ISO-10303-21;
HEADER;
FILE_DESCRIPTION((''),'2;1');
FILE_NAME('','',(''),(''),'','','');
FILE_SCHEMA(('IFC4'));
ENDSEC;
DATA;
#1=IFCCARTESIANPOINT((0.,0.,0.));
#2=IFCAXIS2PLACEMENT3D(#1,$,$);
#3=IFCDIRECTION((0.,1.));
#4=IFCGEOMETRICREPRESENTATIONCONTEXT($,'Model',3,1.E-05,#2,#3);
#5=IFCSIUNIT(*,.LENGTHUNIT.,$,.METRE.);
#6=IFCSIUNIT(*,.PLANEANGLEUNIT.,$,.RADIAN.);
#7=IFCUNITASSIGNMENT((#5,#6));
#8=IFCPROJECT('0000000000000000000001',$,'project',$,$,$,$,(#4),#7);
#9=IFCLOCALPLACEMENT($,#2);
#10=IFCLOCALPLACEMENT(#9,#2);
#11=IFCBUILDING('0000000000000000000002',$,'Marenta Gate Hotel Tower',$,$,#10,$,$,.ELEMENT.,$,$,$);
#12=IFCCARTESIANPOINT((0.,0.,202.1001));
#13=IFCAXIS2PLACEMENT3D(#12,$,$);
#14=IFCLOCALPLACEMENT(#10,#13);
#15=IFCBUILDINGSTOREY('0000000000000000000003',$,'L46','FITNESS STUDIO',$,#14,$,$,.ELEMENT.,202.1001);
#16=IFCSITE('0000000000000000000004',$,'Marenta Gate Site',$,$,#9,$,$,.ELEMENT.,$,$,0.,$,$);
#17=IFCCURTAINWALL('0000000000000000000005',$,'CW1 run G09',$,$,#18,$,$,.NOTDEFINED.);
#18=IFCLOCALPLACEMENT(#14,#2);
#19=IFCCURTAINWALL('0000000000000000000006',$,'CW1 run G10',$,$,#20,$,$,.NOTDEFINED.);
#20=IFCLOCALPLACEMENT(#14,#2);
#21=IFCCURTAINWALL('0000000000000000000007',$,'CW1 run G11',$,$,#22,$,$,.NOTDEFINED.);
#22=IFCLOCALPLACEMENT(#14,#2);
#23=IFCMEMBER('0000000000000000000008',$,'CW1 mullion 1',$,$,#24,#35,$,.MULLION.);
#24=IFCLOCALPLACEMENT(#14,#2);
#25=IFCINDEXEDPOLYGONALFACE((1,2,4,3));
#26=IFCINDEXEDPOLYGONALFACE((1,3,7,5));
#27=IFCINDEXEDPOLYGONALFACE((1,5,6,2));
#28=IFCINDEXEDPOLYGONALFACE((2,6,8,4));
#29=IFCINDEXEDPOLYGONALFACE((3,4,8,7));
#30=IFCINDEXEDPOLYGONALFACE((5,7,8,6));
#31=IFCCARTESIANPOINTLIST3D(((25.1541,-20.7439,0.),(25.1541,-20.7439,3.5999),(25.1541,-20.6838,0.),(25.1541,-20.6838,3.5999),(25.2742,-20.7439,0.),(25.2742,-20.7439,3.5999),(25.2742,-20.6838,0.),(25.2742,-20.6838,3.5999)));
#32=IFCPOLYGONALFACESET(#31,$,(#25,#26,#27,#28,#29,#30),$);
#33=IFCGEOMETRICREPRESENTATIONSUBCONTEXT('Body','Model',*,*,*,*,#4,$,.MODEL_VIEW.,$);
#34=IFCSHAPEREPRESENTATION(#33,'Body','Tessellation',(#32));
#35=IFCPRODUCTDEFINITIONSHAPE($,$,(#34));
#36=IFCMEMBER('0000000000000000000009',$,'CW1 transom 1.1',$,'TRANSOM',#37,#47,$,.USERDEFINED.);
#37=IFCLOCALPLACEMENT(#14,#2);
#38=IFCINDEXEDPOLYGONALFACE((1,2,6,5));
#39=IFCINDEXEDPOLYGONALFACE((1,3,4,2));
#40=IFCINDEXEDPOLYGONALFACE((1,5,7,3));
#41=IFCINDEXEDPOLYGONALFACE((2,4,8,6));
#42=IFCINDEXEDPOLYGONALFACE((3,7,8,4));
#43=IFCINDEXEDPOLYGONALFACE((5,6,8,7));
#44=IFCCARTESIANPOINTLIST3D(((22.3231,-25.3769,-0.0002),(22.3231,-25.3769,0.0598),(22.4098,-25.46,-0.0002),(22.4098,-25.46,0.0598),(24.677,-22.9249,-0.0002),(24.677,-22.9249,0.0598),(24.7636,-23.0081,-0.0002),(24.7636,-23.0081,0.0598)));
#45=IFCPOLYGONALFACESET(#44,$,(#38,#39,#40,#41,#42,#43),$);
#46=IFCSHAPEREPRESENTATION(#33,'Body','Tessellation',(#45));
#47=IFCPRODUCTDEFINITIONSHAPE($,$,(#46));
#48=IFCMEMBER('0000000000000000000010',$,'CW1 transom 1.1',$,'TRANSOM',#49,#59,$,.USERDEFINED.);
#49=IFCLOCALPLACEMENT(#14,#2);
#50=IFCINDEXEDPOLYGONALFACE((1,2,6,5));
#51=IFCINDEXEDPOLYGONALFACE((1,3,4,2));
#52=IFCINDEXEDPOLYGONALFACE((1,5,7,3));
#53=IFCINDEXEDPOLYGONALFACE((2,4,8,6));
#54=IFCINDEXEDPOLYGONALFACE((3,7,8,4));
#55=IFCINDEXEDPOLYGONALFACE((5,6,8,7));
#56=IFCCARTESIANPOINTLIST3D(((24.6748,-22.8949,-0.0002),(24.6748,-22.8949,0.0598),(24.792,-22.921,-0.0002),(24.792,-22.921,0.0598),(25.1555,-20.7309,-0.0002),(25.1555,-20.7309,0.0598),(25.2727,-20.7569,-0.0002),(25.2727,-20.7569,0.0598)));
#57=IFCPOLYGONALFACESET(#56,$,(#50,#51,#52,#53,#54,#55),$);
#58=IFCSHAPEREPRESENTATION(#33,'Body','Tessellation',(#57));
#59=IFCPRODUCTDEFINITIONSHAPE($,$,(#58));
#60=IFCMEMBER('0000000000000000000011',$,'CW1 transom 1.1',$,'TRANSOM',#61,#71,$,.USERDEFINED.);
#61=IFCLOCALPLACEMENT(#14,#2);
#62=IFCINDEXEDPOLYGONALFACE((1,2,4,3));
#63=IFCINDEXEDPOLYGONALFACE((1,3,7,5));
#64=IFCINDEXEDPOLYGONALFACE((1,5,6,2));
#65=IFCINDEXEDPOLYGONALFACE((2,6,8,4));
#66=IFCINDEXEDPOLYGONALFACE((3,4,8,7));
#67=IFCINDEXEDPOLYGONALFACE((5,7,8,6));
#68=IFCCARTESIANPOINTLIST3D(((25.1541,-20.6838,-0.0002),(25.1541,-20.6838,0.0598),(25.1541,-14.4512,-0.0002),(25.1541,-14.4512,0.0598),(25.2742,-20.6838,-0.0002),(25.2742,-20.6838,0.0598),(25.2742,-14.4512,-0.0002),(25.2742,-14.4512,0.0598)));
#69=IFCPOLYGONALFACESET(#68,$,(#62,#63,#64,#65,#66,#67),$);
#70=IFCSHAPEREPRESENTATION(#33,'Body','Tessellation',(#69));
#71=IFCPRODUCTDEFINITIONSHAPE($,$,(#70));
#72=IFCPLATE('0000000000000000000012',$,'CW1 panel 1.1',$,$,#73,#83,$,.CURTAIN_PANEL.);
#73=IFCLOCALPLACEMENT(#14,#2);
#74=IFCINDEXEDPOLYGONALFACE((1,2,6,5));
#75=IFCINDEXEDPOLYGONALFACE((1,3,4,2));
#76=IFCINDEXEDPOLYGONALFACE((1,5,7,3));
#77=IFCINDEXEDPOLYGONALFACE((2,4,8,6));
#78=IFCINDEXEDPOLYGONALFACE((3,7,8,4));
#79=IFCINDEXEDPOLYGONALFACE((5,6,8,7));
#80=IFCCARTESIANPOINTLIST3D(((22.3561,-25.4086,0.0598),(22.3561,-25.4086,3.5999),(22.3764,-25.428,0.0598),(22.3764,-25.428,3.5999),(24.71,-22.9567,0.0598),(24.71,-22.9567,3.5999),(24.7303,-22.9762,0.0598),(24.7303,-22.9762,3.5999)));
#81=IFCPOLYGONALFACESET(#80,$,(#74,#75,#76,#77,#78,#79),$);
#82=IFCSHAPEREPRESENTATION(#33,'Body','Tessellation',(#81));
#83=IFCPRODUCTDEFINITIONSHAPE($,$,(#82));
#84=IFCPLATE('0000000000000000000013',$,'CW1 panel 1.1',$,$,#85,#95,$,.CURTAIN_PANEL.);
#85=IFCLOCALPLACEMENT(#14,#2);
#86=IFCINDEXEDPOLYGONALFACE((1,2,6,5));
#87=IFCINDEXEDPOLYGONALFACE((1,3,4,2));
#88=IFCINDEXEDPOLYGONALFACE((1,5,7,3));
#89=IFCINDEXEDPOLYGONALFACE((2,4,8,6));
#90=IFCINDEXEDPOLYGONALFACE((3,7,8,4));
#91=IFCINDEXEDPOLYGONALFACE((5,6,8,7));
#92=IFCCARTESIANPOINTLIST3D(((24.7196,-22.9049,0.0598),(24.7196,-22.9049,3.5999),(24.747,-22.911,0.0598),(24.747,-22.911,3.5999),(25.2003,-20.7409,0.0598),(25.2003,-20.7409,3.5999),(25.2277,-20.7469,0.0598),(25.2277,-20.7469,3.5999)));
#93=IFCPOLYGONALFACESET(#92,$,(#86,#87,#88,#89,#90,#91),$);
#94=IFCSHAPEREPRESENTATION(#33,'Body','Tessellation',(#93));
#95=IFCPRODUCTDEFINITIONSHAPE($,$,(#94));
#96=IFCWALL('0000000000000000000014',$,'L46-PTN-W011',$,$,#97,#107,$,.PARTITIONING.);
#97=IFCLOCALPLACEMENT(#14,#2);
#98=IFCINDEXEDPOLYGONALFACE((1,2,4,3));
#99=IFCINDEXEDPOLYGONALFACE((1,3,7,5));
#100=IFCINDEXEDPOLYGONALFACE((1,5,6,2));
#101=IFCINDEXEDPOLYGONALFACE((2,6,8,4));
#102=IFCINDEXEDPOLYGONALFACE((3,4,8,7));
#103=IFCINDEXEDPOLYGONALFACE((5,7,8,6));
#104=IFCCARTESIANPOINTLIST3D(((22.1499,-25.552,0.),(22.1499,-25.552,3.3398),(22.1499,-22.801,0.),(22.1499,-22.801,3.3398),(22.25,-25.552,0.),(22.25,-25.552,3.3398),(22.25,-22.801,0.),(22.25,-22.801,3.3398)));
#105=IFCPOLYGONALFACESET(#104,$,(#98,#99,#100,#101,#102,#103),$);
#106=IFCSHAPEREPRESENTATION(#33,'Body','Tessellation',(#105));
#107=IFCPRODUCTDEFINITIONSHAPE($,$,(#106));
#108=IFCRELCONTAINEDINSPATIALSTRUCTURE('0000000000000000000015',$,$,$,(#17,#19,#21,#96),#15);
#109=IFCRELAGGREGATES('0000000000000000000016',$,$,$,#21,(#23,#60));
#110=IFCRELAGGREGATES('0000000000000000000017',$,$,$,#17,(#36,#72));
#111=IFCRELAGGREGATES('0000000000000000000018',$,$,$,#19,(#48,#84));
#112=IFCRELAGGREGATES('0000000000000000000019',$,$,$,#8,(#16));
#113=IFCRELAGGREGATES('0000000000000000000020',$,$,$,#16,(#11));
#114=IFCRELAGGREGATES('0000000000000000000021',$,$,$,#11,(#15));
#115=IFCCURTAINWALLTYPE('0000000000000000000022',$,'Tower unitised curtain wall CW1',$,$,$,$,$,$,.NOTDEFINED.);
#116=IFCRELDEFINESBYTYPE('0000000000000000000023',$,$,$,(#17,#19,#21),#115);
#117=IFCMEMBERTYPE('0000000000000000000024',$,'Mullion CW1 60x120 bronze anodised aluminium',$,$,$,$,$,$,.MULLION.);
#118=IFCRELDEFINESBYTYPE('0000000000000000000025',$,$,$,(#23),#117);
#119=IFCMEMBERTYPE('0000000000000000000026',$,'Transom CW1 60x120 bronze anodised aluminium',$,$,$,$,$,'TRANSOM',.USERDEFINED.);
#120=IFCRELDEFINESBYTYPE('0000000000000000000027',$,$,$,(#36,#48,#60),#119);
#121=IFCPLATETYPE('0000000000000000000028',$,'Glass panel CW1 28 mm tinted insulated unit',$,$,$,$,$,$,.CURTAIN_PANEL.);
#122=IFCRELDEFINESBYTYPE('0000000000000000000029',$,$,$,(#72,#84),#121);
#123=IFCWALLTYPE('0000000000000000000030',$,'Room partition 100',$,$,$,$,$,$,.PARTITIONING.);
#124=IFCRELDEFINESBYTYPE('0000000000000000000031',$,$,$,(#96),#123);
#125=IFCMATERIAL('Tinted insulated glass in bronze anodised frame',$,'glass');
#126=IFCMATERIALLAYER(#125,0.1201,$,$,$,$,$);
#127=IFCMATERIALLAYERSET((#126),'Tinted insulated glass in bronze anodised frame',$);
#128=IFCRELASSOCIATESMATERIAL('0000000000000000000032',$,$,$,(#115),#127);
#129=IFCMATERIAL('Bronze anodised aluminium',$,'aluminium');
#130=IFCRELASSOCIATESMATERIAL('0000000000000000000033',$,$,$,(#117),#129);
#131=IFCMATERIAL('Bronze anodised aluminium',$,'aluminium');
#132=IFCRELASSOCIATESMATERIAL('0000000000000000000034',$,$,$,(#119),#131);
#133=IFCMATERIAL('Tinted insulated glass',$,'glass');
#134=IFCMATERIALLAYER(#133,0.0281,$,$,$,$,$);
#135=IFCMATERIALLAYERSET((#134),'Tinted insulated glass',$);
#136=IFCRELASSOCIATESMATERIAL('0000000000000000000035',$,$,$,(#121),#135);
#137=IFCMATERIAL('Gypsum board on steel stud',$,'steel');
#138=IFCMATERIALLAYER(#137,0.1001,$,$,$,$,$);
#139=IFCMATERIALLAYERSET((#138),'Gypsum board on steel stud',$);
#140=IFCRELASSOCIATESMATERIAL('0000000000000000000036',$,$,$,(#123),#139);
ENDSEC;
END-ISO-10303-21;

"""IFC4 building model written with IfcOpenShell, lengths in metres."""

from ifc_helpers import new_model, si_unit, direction, frame, frame_2d, origin, origin_2d, place, context, subcontext, project, spatial, rectangle, extrude, material, layer, layer_set, material_profile, profile_set, type_object, element, aggregate, save


model = new_model("IFC4")

# Units and contexts
model_context = context("Model", 3, precision=1e-05, world=origin(), true_north=direction((0.0, 1.0)))
body_context = subcontext(model_context, "Body", "Model", "MODEL_VIEW")
ifc_project = project(units=[si_unit("LENGTHUNIT", "METRE"), si_unit("PLANEANGLEUNIT", "RADIAN")], contexts=[model_context])

# Site, building, storey
site_placement = place(None, origin())
site = spatial("IfcSite", under=ifc_project, at=site_placement, Name="Marenta Gate Site", CompositionType="ELEMENT", RefElevation=0.0)
building_placement = place(site_placement, origin())
building = spatial("IfcBuilding", under=site, at=building_placement, Name="Marenta Gate Hotel Tower", CompositionType="ELEMENT")
storey_placement = place(building_placement, frame((0.0, 0.0, 202.1001)))
storey = spatial("IfcBuildingStorey", under=building, at=storey_placement, Name="L46", Description="FITNESS STUDIO", CompositionType="ELEMENT", Elevation=202.1001)

# Curtain walls, member
ifc_material_1 = material(Name="Tinted insulated glass in bronze anodised frame", Category="glass")
ifc_layer_1 = layer(ifc_material_1, 0.1201)
ifc_layer_set_1 = layer_set([ifc_layer_1], Name="Tinted insulated glass in bronze anodised frame")
curtain_wall_type = type_object("IfcCurtainWallType", Name="Tower unitised curtain wall CW1", PredefinedType="NOTDEFINED", material=ifc_layer_set_1)
curtain_wall_1_placement = place(storey_placement, origin())
curtain_wall_1 = element("IfcCurtainWall", 1, at=curtain_wall_1_placement, inside=storey, type_object=curtain_wall_type, Name="CW1 run G09", PredefinedType="NOTDEFINED")
ifc_material_2 = material(Name="Bronze anodised aluminium", Category="aluminium")
ifc_material_profile_1 = material_profile(ifc_material_2, rectangle(XDim=0.1201, YDim=0.0601, at=origin_2d()), Name="Mullion CW1 60x120 bronze anodised aluminium")
ifc_profile_set_1 = profile_set([ifc_material_profile_1], Name="Bronze anodised aluminium")
member_type_1 = type_object("IfcMemberType", Name="Mullion CW1 60x120 bronze anodised aluminium", PredefinedType="MULLION", material=ifc_profile_set_1)
curtain_wall_2_placement = place(storey_placement, origin())
curtain_wall_2 = element("IfcCurtainWall", 2, at=curtain_wall_2_placement, inside=storey, type_object=curtain_wall_type, Name="CW1 run G10", PredefinedType="NOTDEFINED")
curtain_wall_3_placement = place(storey_placement, origin())
curtain_wall_3 = element("IfcCurtainWall", 3, at=curtain_wall_3_placement, inside=storey, type_object=curtain_wall_type, Name="CW1 run G11", PredefinedType="NOTDEFINED")
member_1_placement = place(storey_placement, frame((25.2141, -20.7139, 0.0), z_axis=(0.0, 0.0, 1.0), x_axis=(-1.0, 0.0, 0.0)))
member_1 = element("IfcMember", 4, at=member_1_placement, type_object=member_type_1, Name="CW1 mullion 1", PredefinedType="MULLION", context=body_context, shape_type="SweptSolid", body=[
    extrude(rectangle(XDim=0.1201, YDim=0.0601, at=origin_2d()), origin(), (0.0, 0.0, 1.0), 3.5999),
])

# Members
ifc_material_3 = material(Name="Bronze anodised aluminium", Category="aluminium")
ifc_material_profile_2 = material_profile(ifc_material_3, rectangle(XDim=0.1201, YDim=0.0601, at=origin_2d()), Name="Transom CW1 60x120 bronze anodised aluminium")
ifc_profile_set_2 = profile_set([ifc_material_profile_2], Name="Bronze anodised aluminium")
member_type_2 = type_object("IfcMemberType", Name="Transom CW1 60x120 bronze anodised aluminium", ElementType="TRANSOM", PredefinedType="USERDEFINED", material=ifc_profile_set_2)
member_2_placement = place(storey_placement, frame((22.3665, -25.4185, 0.0298), z_axis=(0.692521, 0.721397, 0.0), x_axis=(-0.721397, 0.692521, 0.0)))
member_2 = element("IfcMember", 5, at=member_2_placement, type_object=member_type_2, Name="CW1 transom 1.1", ObjectType="TRANSOM", PredefinedType="USERDEFINED", context=body_context, shape_type="SweptSolid", body=[
    extrude(rectangle(XDim=0.1201, YDim=0.0601, at=origin_2d()), origin(), (0.0, 0.0, 1.0), 3.3989),
])
member_3_placement = place(storey_placement, frame((24.7334, -22.908, 0.0298), z_axis=(0.216849, 0.976205, 0.0), x_axis=(-0.976205, 0.216849, 0.0)))
member_3 = element("IfcMember", 6, at=member_3_placement, type_object=member_type_2, Name="CW1 transom 1.1", ObjectType="TRANSOM", PredefinedType="USERDEFINED", context=body_context, shape_type="SweptSolid", body=[
    extrude(rectangle(XDim=0.1201, YDim=0.0601, at=origin_2d()), origin(), (0.0, 0.0, 1.0), 2.2168),
])
member_4_placement = place(storey_placement, frame((25.2141, -20.6838, 0.0298), z_axis=(0.0, 1.0, 0.0), x_axis=(-1.0, 0.0, 0.0)))
member_4 = element("IfcMember", 7, at=member_4_placement, type_object=member_type_2, Name="CW1 transom 1.1", ObjectType="TRANSOM", PredefinedType="USERDEFINED", context=body_context, shape_type="SweptSolid", body=[
    extrude(rectangle(XDim=0.1201, YDim=0.0601, at=origin_2d()), origin(), (0.0, 0.0, 1.0), 6.2327),
])
aggregate(curtain_wall_3, [member_1, member_4])

# Plates
ifc_material_4 = material(Name="Tinted insulated glass", Category="glass")
ifc_layer_2 = layer(ifc_material_4, 0.0281)
ifc_layer_set_2 = layer_set([ifc_layer_2], Name="Tinted insulated glass")
plate_type = type_object("IfcPlateType", Name="Glass panel CW1 28 mm tinted insulated unit", PredefinedType="CURTAIN_PANEL", material=ifc_layer_set_2)
plate_1_placement = place(storey_placement, frame((23.5432, -24.1924, 0.0598), z_axis=(0.0, 0.0, 1.0), x_axis=(0.692548, 0.721372, 0.0)))
plate_1 = element("IfcPlate", 8, at=plate_1_placement, type_object=plate_type, Name="CW1 panel 1.1", PredefinedType="CURTAIN_PANEL", context=body_context, shape_type="SweptSolid", body=[
    extrude(rectangle(XDim=3.3989, YDim=0.0281, at=origin_2d()), origin(), (0.0, 0.0, 1.0), 3.54),
])
aggregate(curtain_wall_1, [member_2, plate_1])
plate_2_placement = place(storey_placement, frame((24.9736, -21.8259, 0.0598), z_axis=(0.0, 0.0, 1.0), x_axis=(0.216842, 0.976207, 0.0)))
plate_2 = element("IfcPlate", 9, at=plate_2_placement, type_object=plate_type, Name="CW1 panel 1.1", PredefinedType="CURTAIN_PANEL", context=body_context, shape_type="SweptSolid", body=[
    extrude(rectangle(XDim=2.2168, YDim=0.0281, at=origin_2d()), origin(), (0.0, 0.0, 1.0), 3.54),
])
aggregate(curtain_wall_2, [member_3, plate_2])

# Wall
ifc_material_5 = material(Name="Gypsum board on steel stud", Category="steel")
ifc_layer_3 = layer(ifc_material_5, 0.1001)
ifc_layer_set_3 = layer_set([ifc_layer_3], Name="Gypsum board on steel stud")
wall_type = type_object("IfcWallType", Name="Room partition 100", PredefinedType="PARTITIONING", material=ifc_layer_set_3)
wall_placement = place(storey_placement, frame((22.2, -25.552, 0.0), z_axis=(0.0, 0.0, 1.0), x_axis=(0.0, 1.0, 0.0)))
element("IfcWall", 10, at=wall_placement, inside=storey, type_object=wall_type, Name="L46-PTN-W011", PredefinedType="PARTITIONING", context=body_context, shape_type="SweptSolid", body=[
    extrude(rectangle(XDim=2.751, YDim=0.1001, at=frame_2d((1.3755, 0.0))), origin(), (0.0, 0.0, 1.0), 3.3398),
])

save(model, "model.ifc")
